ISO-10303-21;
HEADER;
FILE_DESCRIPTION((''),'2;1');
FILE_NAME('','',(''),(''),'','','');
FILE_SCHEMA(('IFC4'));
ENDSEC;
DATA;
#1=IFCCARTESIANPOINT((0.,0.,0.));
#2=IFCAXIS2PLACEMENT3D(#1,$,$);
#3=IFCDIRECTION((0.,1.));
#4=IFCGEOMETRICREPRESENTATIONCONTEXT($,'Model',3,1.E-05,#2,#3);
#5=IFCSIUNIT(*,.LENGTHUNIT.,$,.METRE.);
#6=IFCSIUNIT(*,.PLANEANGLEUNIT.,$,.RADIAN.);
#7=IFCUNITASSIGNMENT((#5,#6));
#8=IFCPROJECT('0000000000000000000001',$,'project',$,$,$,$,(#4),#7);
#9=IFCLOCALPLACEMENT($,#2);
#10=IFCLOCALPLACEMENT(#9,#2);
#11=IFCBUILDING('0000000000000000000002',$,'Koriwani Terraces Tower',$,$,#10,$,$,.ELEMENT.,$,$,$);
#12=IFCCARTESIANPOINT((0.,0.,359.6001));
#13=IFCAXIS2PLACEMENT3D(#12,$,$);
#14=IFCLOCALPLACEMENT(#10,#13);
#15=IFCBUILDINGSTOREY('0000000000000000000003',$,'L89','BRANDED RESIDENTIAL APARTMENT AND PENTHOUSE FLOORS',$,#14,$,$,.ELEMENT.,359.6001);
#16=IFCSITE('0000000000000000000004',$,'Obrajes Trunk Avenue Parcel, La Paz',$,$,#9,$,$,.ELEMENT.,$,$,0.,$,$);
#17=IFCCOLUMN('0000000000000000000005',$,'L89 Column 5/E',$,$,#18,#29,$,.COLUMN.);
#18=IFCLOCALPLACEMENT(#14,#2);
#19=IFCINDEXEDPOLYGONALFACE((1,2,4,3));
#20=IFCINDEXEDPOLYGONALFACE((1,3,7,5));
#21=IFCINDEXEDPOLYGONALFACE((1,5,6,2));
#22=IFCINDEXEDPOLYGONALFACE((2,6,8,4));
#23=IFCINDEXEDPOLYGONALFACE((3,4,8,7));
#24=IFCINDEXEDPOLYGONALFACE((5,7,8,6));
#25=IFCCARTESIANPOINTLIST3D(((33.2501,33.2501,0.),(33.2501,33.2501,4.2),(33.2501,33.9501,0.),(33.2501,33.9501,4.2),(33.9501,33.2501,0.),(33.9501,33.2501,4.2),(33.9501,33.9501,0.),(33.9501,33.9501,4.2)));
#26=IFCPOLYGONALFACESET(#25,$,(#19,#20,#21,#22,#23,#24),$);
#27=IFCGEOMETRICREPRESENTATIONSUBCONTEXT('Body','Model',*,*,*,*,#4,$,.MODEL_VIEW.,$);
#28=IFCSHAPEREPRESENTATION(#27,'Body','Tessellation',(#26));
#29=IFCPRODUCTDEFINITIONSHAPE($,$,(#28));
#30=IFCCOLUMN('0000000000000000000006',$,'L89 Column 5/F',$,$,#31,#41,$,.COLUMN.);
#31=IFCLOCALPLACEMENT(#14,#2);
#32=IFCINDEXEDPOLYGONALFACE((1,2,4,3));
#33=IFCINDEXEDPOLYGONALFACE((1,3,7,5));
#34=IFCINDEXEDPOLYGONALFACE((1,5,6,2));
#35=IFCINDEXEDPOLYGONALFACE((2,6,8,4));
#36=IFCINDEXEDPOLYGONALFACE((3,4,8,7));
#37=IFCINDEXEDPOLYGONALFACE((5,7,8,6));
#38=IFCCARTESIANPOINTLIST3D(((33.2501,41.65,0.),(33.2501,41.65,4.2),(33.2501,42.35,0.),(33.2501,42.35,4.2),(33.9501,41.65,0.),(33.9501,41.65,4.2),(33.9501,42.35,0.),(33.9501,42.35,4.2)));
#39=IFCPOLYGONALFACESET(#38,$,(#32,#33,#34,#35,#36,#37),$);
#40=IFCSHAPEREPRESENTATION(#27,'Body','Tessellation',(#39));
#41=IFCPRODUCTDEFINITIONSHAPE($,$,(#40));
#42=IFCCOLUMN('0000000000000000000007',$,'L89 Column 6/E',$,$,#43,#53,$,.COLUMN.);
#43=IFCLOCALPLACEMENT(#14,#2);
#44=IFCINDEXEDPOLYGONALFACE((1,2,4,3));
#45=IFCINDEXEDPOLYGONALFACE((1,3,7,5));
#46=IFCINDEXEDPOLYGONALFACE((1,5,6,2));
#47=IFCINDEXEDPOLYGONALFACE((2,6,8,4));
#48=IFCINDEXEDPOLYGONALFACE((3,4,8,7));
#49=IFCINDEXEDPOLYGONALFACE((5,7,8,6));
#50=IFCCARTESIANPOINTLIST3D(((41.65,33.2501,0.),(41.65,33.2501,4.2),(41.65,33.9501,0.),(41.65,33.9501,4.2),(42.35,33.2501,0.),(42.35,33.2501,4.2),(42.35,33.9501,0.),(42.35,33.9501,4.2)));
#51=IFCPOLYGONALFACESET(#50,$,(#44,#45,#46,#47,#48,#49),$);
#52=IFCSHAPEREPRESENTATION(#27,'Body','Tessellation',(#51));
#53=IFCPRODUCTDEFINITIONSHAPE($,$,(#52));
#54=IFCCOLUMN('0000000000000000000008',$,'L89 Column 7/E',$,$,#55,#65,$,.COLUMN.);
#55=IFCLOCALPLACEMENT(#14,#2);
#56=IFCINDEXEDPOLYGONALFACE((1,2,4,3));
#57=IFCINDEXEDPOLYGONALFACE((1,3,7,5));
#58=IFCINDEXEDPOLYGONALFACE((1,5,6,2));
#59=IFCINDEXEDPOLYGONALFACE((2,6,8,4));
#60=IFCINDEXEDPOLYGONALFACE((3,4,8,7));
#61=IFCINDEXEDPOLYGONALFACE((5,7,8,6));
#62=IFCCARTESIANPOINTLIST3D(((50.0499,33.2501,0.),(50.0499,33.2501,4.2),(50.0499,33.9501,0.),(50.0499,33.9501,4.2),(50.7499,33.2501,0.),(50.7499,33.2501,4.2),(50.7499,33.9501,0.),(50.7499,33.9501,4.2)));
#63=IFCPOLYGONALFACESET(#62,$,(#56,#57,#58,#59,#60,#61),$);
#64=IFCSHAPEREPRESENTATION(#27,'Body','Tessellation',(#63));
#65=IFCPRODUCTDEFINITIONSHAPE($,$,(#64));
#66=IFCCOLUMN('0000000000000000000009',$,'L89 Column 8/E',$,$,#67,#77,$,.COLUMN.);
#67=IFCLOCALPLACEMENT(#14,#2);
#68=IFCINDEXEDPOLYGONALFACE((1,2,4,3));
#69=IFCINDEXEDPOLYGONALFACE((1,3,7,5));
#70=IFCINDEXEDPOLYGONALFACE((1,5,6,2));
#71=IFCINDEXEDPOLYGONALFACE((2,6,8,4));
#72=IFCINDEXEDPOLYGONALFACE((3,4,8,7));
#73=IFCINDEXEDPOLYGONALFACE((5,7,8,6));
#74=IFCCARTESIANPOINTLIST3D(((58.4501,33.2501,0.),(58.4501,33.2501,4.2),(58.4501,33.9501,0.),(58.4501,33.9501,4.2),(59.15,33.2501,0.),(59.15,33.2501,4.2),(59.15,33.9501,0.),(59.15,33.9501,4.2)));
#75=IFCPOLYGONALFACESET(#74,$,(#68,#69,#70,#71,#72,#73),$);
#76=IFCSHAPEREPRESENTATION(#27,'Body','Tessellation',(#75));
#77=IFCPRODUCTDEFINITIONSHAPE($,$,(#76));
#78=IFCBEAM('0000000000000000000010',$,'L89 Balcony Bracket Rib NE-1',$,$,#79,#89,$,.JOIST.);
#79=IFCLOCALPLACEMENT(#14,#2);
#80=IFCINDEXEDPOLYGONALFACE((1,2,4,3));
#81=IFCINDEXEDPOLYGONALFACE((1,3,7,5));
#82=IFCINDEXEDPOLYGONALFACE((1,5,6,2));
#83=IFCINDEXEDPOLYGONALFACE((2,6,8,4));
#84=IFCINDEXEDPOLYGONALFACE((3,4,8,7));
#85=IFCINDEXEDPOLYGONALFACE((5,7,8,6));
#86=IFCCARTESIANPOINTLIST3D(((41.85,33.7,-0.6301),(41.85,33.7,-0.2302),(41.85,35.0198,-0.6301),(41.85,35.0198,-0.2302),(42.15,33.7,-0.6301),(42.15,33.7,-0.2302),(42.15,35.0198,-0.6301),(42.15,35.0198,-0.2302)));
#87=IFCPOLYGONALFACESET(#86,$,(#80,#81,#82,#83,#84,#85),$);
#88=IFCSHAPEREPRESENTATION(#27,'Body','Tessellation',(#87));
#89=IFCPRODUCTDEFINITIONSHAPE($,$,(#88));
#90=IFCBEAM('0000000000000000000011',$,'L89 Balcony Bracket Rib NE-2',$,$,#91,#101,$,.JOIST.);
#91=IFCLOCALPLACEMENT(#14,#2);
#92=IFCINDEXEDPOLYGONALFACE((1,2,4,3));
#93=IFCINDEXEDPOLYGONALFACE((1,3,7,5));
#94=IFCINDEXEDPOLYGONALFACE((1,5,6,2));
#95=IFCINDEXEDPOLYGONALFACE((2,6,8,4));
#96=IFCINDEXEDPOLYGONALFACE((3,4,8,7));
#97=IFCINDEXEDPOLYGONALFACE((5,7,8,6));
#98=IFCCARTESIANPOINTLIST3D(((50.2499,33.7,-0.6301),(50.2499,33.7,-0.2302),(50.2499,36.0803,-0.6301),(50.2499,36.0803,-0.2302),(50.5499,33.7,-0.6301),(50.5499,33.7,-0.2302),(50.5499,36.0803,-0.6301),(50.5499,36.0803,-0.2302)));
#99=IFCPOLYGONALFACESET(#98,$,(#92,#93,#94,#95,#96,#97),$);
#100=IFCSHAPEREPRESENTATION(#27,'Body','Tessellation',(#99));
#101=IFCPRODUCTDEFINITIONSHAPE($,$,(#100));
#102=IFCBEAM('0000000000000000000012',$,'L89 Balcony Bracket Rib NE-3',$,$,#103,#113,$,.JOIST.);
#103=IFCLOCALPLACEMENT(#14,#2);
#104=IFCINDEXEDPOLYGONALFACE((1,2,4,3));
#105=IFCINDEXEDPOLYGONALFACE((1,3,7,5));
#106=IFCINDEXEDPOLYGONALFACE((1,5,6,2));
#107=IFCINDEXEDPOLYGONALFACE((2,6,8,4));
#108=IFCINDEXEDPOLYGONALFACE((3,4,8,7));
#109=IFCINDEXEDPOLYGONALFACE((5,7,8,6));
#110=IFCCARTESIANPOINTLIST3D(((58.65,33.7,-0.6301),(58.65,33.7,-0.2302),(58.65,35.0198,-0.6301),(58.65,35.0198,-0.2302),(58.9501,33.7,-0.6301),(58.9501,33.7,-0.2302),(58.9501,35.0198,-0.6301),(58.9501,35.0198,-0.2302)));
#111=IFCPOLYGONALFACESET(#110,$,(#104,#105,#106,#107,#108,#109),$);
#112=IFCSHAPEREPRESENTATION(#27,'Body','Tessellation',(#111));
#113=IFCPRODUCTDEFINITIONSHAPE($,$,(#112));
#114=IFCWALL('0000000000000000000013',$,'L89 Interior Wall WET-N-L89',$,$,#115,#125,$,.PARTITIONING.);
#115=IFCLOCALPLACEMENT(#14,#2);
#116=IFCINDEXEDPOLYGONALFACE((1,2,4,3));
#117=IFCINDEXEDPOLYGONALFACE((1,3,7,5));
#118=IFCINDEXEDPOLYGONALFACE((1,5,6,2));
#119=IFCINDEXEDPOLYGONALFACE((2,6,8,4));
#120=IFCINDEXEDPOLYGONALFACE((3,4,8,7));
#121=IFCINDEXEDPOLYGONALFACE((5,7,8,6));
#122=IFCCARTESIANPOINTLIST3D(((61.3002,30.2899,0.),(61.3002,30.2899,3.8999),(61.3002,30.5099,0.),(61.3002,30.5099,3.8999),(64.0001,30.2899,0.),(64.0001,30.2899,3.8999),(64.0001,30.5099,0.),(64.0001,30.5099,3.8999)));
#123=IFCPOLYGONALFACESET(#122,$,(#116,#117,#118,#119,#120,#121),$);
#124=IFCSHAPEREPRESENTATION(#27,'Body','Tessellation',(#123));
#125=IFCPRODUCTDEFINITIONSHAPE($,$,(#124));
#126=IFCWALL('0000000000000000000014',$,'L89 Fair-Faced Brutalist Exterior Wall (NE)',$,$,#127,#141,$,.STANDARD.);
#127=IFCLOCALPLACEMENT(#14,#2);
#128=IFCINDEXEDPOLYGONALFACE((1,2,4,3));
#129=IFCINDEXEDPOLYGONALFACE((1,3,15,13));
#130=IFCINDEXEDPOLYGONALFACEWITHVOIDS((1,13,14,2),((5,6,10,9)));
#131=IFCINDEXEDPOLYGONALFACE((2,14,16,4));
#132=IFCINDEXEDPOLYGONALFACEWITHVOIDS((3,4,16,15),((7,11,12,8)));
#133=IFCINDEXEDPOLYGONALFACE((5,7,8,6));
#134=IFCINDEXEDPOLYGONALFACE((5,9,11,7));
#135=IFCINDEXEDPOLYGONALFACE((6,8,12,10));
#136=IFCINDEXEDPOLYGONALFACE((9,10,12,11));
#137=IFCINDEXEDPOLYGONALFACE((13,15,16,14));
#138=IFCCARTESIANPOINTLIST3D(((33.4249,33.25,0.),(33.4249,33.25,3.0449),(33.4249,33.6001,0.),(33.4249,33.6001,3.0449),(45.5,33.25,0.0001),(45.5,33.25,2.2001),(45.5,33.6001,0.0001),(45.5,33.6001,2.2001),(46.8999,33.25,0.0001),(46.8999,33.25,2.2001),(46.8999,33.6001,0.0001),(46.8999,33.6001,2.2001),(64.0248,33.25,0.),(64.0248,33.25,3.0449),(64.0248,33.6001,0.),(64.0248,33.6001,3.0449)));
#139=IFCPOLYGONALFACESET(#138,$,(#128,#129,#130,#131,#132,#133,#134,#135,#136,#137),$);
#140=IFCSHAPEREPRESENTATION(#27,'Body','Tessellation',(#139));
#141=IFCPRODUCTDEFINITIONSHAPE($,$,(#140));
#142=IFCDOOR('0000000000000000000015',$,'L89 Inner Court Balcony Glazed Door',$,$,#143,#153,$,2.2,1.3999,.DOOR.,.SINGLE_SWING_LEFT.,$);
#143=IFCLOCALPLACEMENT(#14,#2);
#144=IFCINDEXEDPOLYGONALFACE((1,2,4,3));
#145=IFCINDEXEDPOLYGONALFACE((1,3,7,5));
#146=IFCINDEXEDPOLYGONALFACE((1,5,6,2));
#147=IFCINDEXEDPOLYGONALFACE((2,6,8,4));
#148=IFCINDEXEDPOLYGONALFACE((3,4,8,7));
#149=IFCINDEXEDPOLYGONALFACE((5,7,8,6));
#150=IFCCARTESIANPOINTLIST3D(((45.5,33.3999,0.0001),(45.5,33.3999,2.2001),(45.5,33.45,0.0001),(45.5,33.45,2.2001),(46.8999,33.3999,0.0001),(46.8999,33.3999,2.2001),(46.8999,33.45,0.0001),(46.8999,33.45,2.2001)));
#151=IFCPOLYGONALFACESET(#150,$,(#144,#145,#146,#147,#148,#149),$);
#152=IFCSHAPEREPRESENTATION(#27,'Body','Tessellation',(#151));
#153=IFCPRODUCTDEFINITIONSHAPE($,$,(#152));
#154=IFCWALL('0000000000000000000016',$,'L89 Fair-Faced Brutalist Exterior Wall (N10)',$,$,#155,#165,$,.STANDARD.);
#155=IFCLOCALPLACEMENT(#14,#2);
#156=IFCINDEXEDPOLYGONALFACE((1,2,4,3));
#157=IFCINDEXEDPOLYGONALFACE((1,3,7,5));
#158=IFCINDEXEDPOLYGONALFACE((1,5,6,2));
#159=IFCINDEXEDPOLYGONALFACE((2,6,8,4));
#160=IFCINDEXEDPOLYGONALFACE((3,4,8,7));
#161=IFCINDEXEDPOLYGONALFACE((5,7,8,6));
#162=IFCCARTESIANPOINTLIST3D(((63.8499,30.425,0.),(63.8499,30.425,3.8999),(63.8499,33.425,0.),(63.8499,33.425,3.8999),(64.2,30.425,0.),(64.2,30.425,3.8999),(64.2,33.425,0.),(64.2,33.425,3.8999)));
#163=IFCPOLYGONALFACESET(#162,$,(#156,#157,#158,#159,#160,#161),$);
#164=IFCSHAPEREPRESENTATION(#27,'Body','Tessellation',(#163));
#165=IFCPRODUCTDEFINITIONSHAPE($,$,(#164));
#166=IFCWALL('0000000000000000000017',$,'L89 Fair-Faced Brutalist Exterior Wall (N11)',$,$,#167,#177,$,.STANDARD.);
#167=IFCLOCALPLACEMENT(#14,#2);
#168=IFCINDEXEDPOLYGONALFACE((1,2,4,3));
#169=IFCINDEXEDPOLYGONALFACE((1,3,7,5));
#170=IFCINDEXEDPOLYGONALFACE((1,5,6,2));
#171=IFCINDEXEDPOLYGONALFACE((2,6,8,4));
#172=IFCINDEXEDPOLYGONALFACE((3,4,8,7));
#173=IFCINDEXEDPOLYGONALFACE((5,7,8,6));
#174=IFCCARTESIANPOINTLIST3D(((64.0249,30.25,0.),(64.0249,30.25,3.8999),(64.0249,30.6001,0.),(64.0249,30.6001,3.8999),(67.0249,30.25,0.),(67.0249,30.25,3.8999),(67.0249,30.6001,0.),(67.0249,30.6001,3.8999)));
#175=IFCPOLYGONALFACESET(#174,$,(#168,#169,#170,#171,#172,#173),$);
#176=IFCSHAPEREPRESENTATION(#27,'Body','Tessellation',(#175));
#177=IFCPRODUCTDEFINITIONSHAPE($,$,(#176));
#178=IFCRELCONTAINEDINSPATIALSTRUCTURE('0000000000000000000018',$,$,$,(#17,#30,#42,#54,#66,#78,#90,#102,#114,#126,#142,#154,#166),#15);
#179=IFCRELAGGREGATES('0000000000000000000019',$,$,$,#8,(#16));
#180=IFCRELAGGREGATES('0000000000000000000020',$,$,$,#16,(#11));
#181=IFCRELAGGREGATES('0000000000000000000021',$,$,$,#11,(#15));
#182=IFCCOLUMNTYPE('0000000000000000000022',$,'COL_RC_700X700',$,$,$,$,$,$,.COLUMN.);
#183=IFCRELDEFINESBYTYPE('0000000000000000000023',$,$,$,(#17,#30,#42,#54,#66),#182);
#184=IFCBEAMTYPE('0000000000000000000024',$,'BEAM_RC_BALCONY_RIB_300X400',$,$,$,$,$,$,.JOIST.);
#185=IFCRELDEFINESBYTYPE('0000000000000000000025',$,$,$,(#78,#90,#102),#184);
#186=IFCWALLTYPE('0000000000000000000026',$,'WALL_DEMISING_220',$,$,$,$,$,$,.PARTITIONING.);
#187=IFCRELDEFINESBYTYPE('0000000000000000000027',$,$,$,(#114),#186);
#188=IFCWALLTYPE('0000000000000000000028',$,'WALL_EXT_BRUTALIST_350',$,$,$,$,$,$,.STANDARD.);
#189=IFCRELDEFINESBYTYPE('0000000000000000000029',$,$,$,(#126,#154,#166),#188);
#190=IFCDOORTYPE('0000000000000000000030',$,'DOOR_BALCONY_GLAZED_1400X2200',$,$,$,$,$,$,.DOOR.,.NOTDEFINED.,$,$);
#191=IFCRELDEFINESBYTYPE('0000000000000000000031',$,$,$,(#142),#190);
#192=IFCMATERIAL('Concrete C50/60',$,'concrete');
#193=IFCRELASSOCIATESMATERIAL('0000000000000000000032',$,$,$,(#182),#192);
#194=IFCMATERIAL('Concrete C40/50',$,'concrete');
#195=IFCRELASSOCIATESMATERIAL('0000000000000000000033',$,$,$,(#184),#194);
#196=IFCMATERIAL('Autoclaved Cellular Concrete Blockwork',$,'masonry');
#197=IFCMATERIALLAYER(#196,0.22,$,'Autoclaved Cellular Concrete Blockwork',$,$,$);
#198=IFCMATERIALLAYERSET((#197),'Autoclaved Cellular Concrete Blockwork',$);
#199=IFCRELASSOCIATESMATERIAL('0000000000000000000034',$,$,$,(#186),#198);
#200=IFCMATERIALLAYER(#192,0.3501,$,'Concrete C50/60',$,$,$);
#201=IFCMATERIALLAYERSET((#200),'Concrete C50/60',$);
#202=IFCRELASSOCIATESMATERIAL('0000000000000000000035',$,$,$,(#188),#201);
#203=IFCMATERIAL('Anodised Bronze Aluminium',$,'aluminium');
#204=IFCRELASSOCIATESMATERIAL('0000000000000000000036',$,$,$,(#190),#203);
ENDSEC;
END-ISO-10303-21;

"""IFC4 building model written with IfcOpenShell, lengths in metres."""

from ifc_helpers import new_model, si_unit, direction, frame, frame_2d, origin, origin_2d, place, context, subcontext, project, spatial, rectangle, extrude, material, layer, layer_set, material_profile, profile_set, type_object, element, fill, save


model = new_model("IFC4")

# Units and contexts
model_context = context("Model", 3, precision=1e-05, world=origin(), true_north=direction((0.0, 1.0)))
body_context = subcontext(model_context, "Body", "Model", "MODEL_VIEW")
ifc_project = project(units=[si_unit("LENGTHUNIT", "METRE"), si_unit("PLANEANGLEUNIT", "RADIAN")], contexts=[model_context])

# Site, building, storey
site_placement = place(None, origin())
site = spatial("IfcSite", under=ifc_project, at=site_placement, Name="Obrajes Trunk Avenue Parcel, La Paz", CompositionType="ELEMENT", RefElevation=0.0)
building_placement = place(site_placement, origin())
building = spatial("IfcBuilding", under=site, at=building_placement, Name="Koriwani Terraces Tower", CompositionType="ELEMENT")
storey_placement = place(building_placement, frame((0.0, 0.0, 359.6001)))
storey = spatial("IfcBuildingStorey", under=building, at=storey_placement, Name="L89", Description="BRANDED RESIDENTIAL APARTMENT AND PENTHOUSE FLOORS", CompositionType="ELEMENT", Elevation=359.6001)

# Columns
ifc_material_1 = material(Name="Concrete C50/60", Category="concrete")
ifc_material_profile_1 = material_profile(ifc_material_1, rectangle(XDim=0.7, YDim=0.7, at=origin_2d()), Name="Concrete C50/60", Category="LoadBearing")
ifc_profile_set_1 = profile_set([ifc_material_profile_1], Name="Concrete C50/60")
column_type = type_object("IfcColumnType", Name="COL_RC_700X700", PredefinedType="COLUMN", material=ifc_profile_set_1)
for number, where, z_axis, x_axis, name in (
    (1, (33.6001, 33.6001, 0.0), (0.0, 0.0, 1.0), (1.0, 0.0, 0.0), "L89 Column 5/E"),
    (2, (33.6001, 42.0, 0.0), (0.0, 0.0, 1.0), (1.0, 0.0, 0.0), "L89 Column 5/F"),
    (3, (42.0, 33.6001, 0.0), (0.0, 0.0, 1.0), (1.0, 0.0, 0.0), "L89 Column 6/E"),
    (4, (50.3999, 33.6001, 0.0), (0.0, 0.0, 1.0), (1.0, 0.0, 0.0), "L89 Column 7/E"),
    (5, (58.8, 33.6001, 0.0), (0.0, 0.0, 1.0), (1.0, 0.0, 0.0), "L89 Column 8/E"),
):
    element("IfcColumn", number, at=place(storey_placement, frame(where, z_axis=z_axis, x_axis=x_axis)), inside=storey, type_object=column_type, Name=name, PredefinedType="COLUMN", context=body_context, shape_type="SweptSolid", body=[
        extrude(rectangle(XDim=0.7, YDim=0.7, at=origin_2d()), origin(), (0.0, 0.0, 1.0), 4.2),
    ])

# Beams
ifc_material_2 = material(Name="Concrete C40/50", Category="concrete")
ifc_material_profile_2 = material_profile(ifc_material_2, rectangle(XDim=0.3, YDim=0.3999, at=origin_2d()), Name="Concrete C40/50", Category="LoadBearing")
ifc_profile_set_2 = profile_set([ifc_material_profile_2], Name="Concrete C40/50")
beam_type = type_object("IfcBeamType", Name="BEAM_RC_BALCONY_RIB_300X400", PredefinedType="JOIST", material=ifc_profile_set_2)
beam_1_placement = place(storey_placement, frame((42.0, 33.7, -0.4302), z_axis=(0.0, 1.0, 0.0), x_axis=(-1.0, 0.0, 0.0)))
element("IfcBeam", 6, at=beam_1_placement, inside=storey, type_object=beam_type, Name="L89 Balcony Bracket Rib NE-1", PredefinedType="JOIST", context=body_context, shape_type="SweptSolid", body=[
    extrude(rectangle(XDim=0.3, YDim=0.3999, at=origin_2d()), origin(), (0.0, 0.0, 1.0), 1.3198),
])
beam_2_placement = place(storey_placement, frame((50.3999, 33.7, -0.4302), z_axis=(0.0, 1.0, 0.0), x_axis=(-1.0, 0.0, 0.0)))
element("IfcBeam", 7, at=beam_2_placement, inside=storey, type_object=beam_type, Name="L89 Balcony Bracket Rib NE-2", PredefinedType="JOIST", context=body_context, shape_type="SweptSolid", body=[
    extrude(rectangle(XDim=0.3, YDim=0.3999, at=origin_2d()), origin(), (0.0, 0.0, 1.0), 2.3804),
])
beam_3_placement = place(storey_placement, frame((58.8, 33.7, -0.4302), z_axis=(0.0, 1.0, 0.0), x_axis=(-1.0, 0.0, 0.0)))
element("IfcBeam", 8, at=beam_3_placement, inside=storey, type_object=beam_type, Name="L89 Balcony Bracket Rib NE-3", PredefinedType="JOIST", context=body_context, shape_type="SweptSolid", body=[
    extrude(rectangle(XDim=0.3, YDim=0.3999, at=origin_2d()), origin(), (0.0, 0.0, 1.0), 1.3198),
])

# Wall
ifc_material_3 = material(Name="Autoclaved Cellular Concrete Blockwork", Category="masonry")
ifc_layer_1 = layer(ifc_material_3, 0.22, Name="Autoclaved Cellular Concrete Blockwork")
ifc_layer_set_1 = layer_set([ifc_layer_1], Name="Autoclaved Cellular Concrete Blockwork")
wall_type_1 = type_object("IfcWallType", Name="WALL_DEMISING_220", PredefinedType="PARTITIONING", material=ifc_layer_set_1)
wall_1_placement = place(storey_placement, frame((61.3, 30.3999, 0.0), z_axis=(0.0, 0.0, 1.0), x_axis=(1.0, 0.0, 0.0)))
element("IfcWall", 9, at=wall_1_placement, inside=storey, type_object=wall_type_1, Name="L89 Interior Wall WET-N-L89", PredefinedType="PARTITIONING", context=body_context, shape_type="SweptSolid", body=[
    extrude(rectangle(XDim=2.7, YDim=0.22, at=frame_2d((1.3501, 0.0))), origin(), (0.0, 0.0, 1.0), 3.8999),
])

# Wall, opening, door
ifc_layer_2 = layer(ifc_material_1, 0.3501, Name="Concrete C50/60")
ifc_layer_set_2 = layer_set([ifc_layer_2], Name="Concrete C50/60")
wall_type_2 = type_object("IfcWallType", Name="WALL_EXT_BRUTALIST_350", PredefinedType="STANDARD", material=ifc_layer_set_2)
wall_2_placement = place(storey_placement, frame((33.425, 33.425, 0.0), z_axis=(0.0, 0.0, 1.0), x_axis=(1.0, 0.0, 0.0)))
wall_2 = element("IfcWall", 10, at=wall_2_placement, inside=storey, type_object=wall_type_2, Name="L89 Fair-Faced Brutalist Exterior Wall (NE)", PredefinedType="STANDARD", context=body_context, shape_type="SweptSolid", body=[
    extrude(rectangle(XDim=30.5999, YDim=0.3501, at=frame_2d((15.2998, 0.0))), origin(), (0.0, 0.0, 1.0), 3.0449),
])
opening_1_placement = place(wall_2_placement, frame((12.075, 0.0, 0.0)))
opening_1 = element("IfcOpeningElement", 11, at=opening_1_placement, cuts=wall_2, PredefinedType="OPENING", context=body_context, shape_type="SweptSolid", body=[
    extrude(rectangle(XDim=1.3999, YDim=2.2, at=frame_2d((0.7, 1.1001))), frame((0.0, 0.1851, 0.0), z_axis=(0.0, -1.0, 0.0), x_axis=(1.0, 0.0, 0.0)), (0.0, 0.0, 1.0), 0.3701),
])
ifc_material_4 = material(Name="Anodised Bronze Aluminium", Category="aluminium")
door_type_1 = type_object("IfcDoorType", Name="DOOR_BALCONY_GLAZED_1400X2200", OperationType="NOTDEFINED", PredefinedType="DOOR", material=ifc_material_4)
door_1_placement = place(opening_1_placement, origin())
door_1 = element("IfcDoor", 12, at=door_1_placement, inside=storey, type_object=door_type_1, Name="L89 Inner Court Balcony Glazed Door", OperationType="SINGLE_SWING_LEFT", OverallHeight=2.2, OverallWidth=1.3999, PredefinedType="DOOR", context=body_context, shape_type="SweptSolid", body=[
    extrude(rectangle(XDim=1.3999, YDim=2.2, at=frame_2d((0.7, 1.1001))), frame((0.0, 0.0249, 0.0), z_axis=(0.0, -1.0, 0.0), x_axis=(1.0, 0.0, 0.0)), (0.0, 0.0, 1.0), 0.05),
])
fill(opening_1, door_1)

# Walls
for number, where, z_axis, x_axis, name in (
    (13, (64.0249, 33.425, 0.0), (0.0, 0.0, 1.0), (0.0, -1.0, 0.0), "L89 Fair-Faced Brutalist Exterior Wall (N10)"),
    (14, (64.0249, 30.425, 0.0), (0.0, 0.0, 1.0), (1.0, 0.0, 0.0), "L89 Fair-Faced Brutalist Exterior Wall (N11)"),
):
    element("IfcWall", number, at=place(storey_placement, frame(where, z_axis=z_axis, x_axis=x_axis)), inside=storey, type_object=wall_type_2, Name=name, PredefinedType="STANDARD", context=body_context, shape_type="SweptSolid", body=[
        extrude(rectangle(XDim=3.0, YDim=0.3501, at=frame_2d((1.5, 0.0))), origin(), (0.0, 0.0, 1.0), 3.8999),
    ])

save(model, "model.ifc")
